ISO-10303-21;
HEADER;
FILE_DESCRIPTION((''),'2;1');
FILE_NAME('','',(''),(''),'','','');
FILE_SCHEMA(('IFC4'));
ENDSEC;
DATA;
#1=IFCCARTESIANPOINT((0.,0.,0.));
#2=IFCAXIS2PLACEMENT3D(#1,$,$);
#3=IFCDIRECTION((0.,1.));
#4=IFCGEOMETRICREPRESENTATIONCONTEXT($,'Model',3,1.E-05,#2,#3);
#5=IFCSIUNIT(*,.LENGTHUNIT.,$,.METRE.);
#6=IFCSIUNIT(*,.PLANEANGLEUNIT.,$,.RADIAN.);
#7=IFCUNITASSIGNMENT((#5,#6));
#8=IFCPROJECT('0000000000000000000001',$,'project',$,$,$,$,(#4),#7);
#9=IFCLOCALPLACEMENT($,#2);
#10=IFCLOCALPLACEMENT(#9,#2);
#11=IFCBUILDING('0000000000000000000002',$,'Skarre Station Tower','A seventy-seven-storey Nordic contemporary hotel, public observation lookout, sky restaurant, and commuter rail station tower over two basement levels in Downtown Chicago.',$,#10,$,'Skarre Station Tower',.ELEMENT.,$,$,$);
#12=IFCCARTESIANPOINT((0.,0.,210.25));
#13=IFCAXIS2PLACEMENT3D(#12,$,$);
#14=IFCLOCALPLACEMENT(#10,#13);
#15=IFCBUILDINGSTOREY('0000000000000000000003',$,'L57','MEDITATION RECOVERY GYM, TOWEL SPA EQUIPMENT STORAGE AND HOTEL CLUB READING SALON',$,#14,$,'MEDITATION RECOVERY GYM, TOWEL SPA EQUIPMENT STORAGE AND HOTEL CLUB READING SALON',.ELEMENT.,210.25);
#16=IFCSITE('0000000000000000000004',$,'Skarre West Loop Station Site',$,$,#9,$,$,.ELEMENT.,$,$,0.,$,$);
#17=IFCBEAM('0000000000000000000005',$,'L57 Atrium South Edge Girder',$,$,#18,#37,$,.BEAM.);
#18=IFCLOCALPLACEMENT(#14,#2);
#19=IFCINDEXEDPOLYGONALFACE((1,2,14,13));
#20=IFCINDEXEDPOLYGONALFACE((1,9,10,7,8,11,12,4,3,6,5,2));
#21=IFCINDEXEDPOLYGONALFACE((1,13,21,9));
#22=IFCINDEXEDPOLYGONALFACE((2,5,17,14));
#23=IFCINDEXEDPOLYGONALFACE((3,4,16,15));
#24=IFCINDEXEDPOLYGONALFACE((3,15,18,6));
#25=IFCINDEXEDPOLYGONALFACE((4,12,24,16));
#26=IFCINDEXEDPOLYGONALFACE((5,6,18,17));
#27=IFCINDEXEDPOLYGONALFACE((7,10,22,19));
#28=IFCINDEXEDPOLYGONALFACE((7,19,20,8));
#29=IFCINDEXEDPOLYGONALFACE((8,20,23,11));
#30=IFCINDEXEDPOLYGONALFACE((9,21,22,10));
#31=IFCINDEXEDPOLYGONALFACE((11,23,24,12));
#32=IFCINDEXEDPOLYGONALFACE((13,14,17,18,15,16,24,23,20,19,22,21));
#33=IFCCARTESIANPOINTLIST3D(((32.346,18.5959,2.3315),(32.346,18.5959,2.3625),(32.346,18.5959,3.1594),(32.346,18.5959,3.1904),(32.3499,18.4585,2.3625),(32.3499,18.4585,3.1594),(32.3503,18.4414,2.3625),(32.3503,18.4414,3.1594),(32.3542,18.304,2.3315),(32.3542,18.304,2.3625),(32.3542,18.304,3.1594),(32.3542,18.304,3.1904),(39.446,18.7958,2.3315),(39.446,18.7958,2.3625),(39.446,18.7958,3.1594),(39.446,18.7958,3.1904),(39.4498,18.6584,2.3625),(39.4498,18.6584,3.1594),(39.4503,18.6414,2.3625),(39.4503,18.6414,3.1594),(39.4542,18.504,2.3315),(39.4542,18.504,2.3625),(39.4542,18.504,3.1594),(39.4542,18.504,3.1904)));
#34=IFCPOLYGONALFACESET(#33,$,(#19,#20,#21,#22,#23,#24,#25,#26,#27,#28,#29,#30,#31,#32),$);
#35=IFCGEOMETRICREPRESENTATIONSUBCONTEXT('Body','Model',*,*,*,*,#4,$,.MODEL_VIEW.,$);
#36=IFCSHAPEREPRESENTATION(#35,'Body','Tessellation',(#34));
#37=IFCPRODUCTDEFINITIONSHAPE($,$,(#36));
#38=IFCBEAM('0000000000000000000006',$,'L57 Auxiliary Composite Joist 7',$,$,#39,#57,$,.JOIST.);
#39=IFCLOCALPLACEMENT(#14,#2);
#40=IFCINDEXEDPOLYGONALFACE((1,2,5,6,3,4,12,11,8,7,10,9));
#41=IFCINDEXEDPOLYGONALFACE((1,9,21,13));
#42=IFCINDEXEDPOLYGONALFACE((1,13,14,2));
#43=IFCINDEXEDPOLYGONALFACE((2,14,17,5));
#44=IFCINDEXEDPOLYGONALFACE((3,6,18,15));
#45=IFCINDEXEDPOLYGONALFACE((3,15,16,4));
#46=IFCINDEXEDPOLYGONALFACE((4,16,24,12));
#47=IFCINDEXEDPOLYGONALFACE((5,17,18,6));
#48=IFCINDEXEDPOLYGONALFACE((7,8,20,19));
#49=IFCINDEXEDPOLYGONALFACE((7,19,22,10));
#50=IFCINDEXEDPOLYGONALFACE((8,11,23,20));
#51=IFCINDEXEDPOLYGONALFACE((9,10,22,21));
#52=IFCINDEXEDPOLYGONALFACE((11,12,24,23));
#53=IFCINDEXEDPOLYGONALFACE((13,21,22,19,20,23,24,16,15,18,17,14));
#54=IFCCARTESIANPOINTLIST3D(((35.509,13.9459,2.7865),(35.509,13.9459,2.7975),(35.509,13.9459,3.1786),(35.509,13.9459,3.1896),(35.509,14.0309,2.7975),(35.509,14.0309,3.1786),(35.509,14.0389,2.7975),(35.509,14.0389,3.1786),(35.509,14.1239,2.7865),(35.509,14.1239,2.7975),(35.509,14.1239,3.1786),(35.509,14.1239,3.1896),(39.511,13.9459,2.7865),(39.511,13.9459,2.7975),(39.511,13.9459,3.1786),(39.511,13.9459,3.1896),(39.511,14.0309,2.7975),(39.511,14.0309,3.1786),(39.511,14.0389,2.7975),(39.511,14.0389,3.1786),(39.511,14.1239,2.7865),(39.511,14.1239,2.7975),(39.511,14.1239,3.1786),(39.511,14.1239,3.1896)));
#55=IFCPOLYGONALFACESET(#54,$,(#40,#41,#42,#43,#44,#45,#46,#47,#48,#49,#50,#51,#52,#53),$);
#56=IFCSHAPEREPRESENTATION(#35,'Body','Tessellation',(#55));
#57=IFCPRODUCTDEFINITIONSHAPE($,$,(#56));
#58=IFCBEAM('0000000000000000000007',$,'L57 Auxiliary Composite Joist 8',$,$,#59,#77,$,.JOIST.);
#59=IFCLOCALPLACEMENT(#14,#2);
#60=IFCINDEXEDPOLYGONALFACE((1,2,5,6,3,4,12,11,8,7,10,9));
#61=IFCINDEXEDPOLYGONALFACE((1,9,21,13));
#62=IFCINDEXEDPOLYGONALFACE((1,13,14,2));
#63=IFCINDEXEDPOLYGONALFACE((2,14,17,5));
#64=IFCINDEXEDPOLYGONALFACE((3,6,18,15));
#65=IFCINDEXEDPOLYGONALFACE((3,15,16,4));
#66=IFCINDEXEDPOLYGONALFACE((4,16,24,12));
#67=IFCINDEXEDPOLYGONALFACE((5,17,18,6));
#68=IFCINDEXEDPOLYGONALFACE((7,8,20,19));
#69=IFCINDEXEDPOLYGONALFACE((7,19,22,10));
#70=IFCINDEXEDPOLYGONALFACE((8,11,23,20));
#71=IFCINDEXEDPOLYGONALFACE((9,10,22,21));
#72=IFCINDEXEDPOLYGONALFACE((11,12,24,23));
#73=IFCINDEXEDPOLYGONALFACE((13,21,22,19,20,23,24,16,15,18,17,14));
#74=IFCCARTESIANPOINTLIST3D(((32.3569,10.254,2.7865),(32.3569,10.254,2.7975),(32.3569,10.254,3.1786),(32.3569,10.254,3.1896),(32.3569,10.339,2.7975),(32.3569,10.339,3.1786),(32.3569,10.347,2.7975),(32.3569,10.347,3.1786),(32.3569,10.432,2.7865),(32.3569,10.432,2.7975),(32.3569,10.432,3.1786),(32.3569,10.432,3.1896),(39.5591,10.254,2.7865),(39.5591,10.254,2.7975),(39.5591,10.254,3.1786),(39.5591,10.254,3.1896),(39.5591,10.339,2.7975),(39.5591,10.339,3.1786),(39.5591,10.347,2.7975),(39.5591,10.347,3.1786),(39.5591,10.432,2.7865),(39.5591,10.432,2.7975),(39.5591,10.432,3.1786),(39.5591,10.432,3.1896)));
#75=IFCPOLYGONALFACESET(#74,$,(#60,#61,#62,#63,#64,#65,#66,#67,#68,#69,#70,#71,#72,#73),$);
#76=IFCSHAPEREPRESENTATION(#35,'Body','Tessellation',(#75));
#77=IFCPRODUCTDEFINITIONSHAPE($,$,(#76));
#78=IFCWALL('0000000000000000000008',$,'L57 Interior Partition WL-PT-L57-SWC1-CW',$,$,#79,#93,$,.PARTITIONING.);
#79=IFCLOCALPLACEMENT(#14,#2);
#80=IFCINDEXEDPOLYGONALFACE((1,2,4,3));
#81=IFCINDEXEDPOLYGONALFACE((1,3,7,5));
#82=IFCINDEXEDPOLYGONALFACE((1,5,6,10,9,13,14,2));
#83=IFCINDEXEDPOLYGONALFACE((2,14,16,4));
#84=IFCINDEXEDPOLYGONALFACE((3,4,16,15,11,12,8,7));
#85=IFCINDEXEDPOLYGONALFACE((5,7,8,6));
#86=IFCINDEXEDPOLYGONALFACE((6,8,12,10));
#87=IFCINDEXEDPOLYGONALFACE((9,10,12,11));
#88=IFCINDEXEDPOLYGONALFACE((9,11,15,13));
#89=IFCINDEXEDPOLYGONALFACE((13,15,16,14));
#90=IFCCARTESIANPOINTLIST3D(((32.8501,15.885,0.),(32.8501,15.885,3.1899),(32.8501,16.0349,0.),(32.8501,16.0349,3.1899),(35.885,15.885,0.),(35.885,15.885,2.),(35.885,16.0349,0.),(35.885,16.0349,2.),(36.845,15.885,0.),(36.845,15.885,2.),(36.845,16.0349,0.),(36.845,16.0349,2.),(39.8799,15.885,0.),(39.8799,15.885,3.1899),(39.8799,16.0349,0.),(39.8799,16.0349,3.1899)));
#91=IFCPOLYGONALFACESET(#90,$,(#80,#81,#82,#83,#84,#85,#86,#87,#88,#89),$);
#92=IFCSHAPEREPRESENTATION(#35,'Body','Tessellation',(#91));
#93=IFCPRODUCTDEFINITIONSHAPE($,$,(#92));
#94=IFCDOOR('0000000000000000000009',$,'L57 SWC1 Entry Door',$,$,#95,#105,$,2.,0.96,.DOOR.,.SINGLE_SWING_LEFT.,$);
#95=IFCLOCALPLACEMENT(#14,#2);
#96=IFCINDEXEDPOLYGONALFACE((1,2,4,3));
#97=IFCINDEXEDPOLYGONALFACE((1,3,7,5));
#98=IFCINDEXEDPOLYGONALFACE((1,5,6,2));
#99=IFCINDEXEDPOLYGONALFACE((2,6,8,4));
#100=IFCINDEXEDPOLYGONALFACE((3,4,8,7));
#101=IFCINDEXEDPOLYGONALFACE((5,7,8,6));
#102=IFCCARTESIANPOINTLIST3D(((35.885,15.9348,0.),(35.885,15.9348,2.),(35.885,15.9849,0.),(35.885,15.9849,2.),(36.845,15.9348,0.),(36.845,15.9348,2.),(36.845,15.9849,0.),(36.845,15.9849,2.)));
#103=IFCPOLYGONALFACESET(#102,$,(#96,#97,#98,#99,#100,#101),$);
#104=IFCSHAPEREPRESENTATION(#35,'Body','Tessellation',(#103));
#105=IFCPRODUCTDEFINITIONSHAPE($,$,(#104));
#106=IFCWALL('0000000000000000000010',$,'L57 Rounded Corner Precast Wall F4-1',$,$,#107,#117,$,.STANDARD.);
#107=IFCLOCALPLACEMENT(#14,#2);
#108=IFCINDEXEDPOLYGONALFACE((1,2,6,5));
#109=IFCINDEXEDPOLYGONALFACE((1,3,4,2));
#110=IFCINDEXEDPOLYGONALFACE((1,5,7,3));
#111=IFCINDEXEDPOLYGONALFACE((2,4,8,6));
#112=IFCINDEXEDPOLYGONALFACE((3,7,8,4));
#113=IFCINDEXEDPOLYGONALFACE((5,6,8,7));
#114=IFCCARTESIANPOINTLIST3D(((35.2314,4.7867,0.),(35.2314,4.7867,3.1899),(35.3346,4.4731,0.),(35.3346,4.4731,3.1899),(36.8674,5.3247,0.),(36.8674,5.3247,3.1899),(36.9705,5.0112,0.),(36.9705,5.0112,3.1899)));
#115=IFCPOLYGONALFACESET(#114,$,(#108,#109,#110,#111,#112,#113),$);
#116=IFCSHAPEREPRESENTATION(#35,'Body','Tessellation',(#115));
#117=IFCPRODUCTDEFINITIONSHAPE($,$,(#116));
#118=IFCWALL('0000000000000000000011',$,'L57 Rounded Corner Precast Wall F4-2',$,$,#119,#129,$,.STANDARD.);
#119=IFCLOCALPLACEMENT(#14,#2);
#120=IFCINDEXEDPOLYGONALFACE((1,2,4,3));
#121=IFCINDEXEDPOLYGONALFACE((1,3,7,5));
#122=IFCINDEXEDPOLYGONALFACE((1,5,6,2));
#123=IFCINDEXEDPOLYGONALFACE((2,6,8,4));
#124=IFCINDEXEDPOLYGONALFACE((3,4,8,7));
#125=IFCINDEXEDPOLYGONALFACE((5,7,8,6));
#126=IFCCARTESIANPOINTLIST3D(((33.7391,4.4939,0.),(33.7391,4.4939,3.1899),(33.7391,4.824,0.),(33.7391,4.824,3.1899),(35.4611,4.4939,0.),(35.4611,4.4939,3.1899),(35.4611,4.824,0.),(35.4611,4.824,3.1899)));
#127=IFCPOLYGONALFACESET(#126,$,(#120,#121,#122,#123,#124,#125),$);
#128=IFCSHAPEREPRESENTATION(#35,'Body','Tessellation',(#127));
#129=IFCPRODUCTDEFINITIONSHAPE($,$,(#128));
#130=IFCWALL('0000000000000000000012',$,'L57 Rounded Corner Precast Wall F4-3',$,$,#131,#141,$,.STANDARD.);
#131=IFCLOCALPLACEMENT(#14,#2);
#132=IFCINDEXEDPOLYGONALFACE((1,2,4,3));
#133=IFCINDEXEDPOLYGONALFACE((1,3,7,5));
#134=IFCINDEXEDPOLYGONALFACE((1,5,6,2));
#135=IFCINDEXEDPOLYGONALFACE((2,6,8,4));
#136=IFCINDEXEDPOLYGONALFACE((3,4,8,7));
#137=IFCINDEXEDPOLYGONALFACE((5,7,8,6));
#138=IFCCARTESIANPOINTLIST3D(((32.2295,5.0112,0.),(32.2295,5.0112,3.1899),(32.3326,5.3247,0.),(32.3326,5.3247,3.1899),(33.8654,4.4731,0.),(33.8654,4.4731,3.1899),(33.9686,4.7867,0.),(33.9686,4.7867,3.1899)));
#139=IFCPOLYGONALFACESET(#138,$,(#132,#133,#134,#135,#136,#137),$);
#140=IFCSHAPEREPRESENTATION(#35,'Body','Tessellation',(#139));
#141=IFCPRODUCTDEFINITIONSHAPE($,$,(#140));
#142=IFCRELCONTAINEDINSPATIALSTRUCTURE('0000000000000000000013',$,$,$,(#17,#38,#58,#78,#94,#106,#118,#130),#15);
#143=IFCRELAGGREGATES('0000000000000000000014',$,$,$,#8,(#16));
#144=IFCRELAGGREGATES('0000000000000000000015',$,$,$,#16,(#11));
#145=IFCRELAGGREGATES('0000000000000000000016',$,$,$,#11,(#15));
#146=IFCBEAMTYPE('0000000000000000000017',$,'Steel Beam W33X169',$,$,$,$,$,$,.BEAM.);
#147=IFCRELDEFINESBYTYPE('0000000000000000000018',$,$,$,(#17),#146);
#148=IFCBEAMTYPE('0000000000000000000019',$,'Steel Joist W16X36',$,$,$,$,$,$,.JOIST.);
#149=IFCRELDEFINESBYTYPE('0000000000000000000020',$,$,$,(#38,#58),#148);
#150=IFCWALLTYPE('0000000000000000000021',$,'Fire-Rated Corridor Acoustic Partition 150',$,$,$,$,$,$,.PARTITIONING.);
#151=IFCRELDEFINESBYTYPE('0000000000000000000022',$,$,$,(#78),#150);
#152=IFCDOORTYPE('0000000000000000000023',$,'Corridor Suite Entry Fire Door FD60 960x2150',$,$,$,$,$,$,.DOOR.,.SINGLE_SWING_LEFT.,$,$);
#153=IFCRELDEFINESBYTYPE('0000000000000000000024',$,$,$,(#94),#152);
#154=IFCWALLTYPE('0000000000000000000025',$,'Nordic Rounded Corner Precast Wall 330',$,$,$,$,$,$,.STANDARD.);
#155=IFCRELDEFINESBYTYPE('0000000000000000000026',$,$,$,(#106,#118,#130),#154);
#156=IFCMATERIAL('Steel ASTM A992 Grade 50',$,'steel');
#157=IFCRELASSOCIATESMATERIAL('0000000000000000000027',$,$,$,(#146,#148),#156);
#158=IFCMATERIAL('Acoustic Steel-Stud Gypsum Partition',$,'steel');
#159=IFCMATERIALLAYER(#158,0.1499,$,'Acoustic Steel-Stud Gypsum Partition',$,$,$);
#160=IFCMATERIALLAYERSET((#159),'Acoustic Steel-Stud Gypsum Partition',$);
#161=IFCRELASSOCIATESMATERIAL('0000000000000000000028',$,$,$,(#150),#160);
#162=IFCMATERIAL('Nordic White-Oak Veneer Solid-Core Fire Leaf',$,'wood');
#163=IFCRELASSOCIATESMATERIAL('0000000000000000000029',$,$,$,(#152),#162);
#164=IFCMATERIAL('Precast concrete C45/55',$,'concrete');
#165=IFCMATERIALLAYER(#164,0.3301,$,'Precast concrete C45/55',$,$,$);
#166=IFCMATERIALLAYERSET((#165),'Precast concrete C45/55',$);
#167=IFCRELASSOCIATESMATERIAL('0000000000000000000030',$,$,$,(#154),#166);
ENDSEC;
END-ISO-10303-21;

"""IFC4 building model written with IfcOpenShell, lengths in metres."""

from ifc_helpers import new_model, si_unit, direction, frame, frame_2d, origin, origin_2d, place, context, subcontext, project, spatial, rectangle, i_section, extrude, material, layer, layer_set, material_profile, profile_set, type_object, element, fill, save


model = new_model("IFC4")

# Units and contexts
model_context = context("Model", 3, precision=1e-05, world=origin(), true_north=direction((0.0, 1.0)))
body_context = subcontext(model_context, "Body", "Model", "MODEL_VIEW")
ifc_project = project(units=[si_unit("LENGTHUNIT", "METRE"), si_unit("PLANEANGLEUNIT", "RADIAN")], contexts=[model_context])

# Site, building, storey
site_placement = place(None, origin())
site = spatial("IfcSite", under=ifc_project, at=site_placement, Name="Skarre West Loop Station Site", CompositionType="ELEMENT", RefElevation=0.0)
building_placement = place(site_placement, origin())
building = spatial("IfcBuilding", under=site, at=building_placement, Name="Skarre Station Tower", Description="A seventy-seven-storey Nordic contemporary hotel, public observation lookout, sky restaurant, and commuter rail station tower over two basement levels in Downtown Chicago.", LongName="Skarre Station Tower", CompositionType="ELEMENT")
storey_placement = place(building_placement, frame((0.0, 0.0, 210.25)))
storey = spatial("IfcBuildingStorey", under=building, at=storey_placement, Name="L57", Description="MEDITATION RECOVERY GYM, TOWEL SPA EQUIPMENT STORAGE AND HOTEL CLUB READING SALON", LongName="MEDITATION RECOVERY GYM, TOWEL SPA EQUIPMENT STORAGE AND HOTEL CLUB READING SALON", CompositionType="ELEMENT", Elevation=210.25)

# Beams
ifc_material_1 = material(Name="Steel ASTM A992 Grade 50", Category="steel")
ifc_material_profile_1 = material_profile(ifc_material_1, i_section(OverallWidth=0.292, OverallDepth=0.8589, WebThickness=0.0171, FlangeThickness=0.031, at=origin_2d()), Name="Steel ASTM A992 Grade 50")
ifc_profile_set_1 = profile_set([ifc_material_profile_1], Name="Steel ASTM A992 Grade 50")
beam_type_1 = type_object("IfcBeamType", Name="Steel Beam W33X169", PredefinedType="BEAM", material=ifc_profile_set_1)
beam_1_placement = place(storey_placement, frame((32.3501, 18.45, 2.761), z_axis=(0.999604, 0.028152, 0.0), x_axis=(-0.028152, 0.999604, 0.0)))
element("IfcBeam", 1, at=beam_1_placement, inside=storey, type_object=beam_type_1, Name="L57 Atrium South Edge Girder", PredefinedType="BEAM", context=body_context, shape_type="SweptSolid", body=[
    extrude(i_section(OverallWidth=0.292, OverallDepth=0.8589, WebThickness=0.0171, FlangeThickness=0.031, at=origin_2d()), origin(), (0.0, 0.0, 1.0), 7.1028),
])
ifc_material_profile_2 = material_profile(ifc_material_1, i_section(OverallWidth=0.178, OverallDepth=0.4031, WebThickness=0.0081, FlangeThickness=0.011, at=origin_2d()), Name="Steel ASTM A992 Grade 50")
ifc_profile_set_2 = profile_set([ifc_material_profile_2], Name="Steel ASTM A992 Grade 50")
beam_type_2 = type_object("IfcBeamType", Name="Steel Joist W16X36", PredefinedType="JOIST", material=ifc_profile_set_2)
beam_2_placement = place(storey_placement, frame((35.509, 14.0349, 2.988), z_axis=(1.0, 0.0, 0.0), x_axis=(0.0, 1.0, 0.0)))
element("IfcBeam", 2, at=beam_2_placement, inside=storey, type_object=beam_type_2, Name="L57 Auxiliary Composite Joist 7", PredefinedType="JOIST", context=body_context, shape_type="SweptSolid", body=[
    extrude(i_section(OverallWidth=0.178, OverallDepth=0.4031, WebThickness=0.0081, FlangeThickness=0.011, at=origin_2d()), origin(), (0.0, 0.0, 1.0), 4.002),
])
beam_3_placement = place(storey_placement, frame((32.3569, 10.343, 2.988), z_axis=(1.0, 0.0, 0.0), x_axis=(0.0, 1.0, 0.0)))
element("IfcBeam", 3, at=beam_3_placement, inside=storey, type_object=beam_type_2, Name="L57 Auxiliary Composite Joist 8", PredefinedType="JOIST", context=body_context, shape_type="SweptSolid", body=[
    extrude(i_section(OverallWidth=0.178, OverallDepth=0.4031, WebThickness=0.0081, FlangeThickness=0.011, at=origin_2d()), origin(), (0.0, 0.0, 1.0), 7.2021),
])

# Wall, opening, door
ifc_material_2 = material(Name="Acoustic Steel-Stud Gypsum Partition", Category="steel")
ifc_layer_1 = layer(ifc_material_2, 0.1499, Name="Acoustic Steel-Stud Gypsum Partition")
ifc_layer_set_1 = layer_set([ifc_layer_1], Name="Acoustic Steel-Stud Gypsum Partition")
wall_type_1 = type_object("IfcWallType", Name="Fire-Rated Corridor Acoustic Partition 150", PredefinedType="PARTITIONING", material=ifc_layer_set_1)
wall_1_placement = place(storey_placement, frame((32.8501, 15.96, 0.0), z_axis=(0.0, 0.0, 1.0), x_axis=(1.0, 0.0, 0.0)))
wall_1 = element("IfcWall", 4, at=wall_1_placement, inside=storey, type_object=wall_type_1, Name="L57 Interior Partition WL-PT-L57-SWC1-CW", PredefinedType="PARTITIONING", context=body_context, shape_type="SweptSolid", body=[
    extrude(rectangle(XDim=7.0298, YDim=0.1499, at=frame_2d((3.5149, 0.0))), origin(), (0.0, 0.0, 1.0), 3.1899),
])
opening_1_placement = place(wall_1_placement, frame((3.0349, 0.0, 0.0)))
opening_1 = element("IfcOpeningElement", 5, at=opening_1_placement, cuts=wall_1, PredefinedType="OPENING", context=body_context, shape_type="SweptSolid", body=[
    extrude(rectangle(XDim=0.96, YDim=2.0, at=frame_2d((0.48, 1.0))), frame((0.0, 0.085, 0.0), z_axis=(0.0, -1.0, 0.0), x_axis=(1.0, 0.0, 0.0)), (0.0, 0.0, 1.0), 0.1699),
])
ifc_material_3 = material(Name="Nordic White-Oak Veneer Solid-Core Fire Leaf", Category="wood")
door_type_1 = type_object("IfcDoorType", Name="Corridor Suite Entry Fire Door FD60 960x2150", OperationType="SINGLE_SWING_LEFT", PredefinedType="DOOR", material=ifc_material_3)
door_1_placement = place(opening_1_placement, origin())
door_1 = element("IfcDoor", 6, at=door_1_placement, inside=storey, type_object=door_type_1, Name="L57 SWC1 Entry Door", OperationType="SINGLE_SWING_LEFT", OverallHeight=2.0, OverallWidth=0.96, PredefinedType="DOOR", context=body_context, shape_type="SweptSolid", body=[
    extrude(rectangle(XDim=0.96, YDim=2.0, at=frame_2d((0.48, 1.0))), frame((0.0, 0.0249, 0.0), z_axis=(0.0, -1.0, 0.0), x_axis=(1.0, 0.0, 0.0)), (0.0, 0.0, 1.0), 0.05),
])
fill(opening_1, door_1)

# Walls
ifc_material_4 = material(Name="Precast concrete C45/55", Category="concrete")
ifc_layer_2 = layer(ifc_material_4, 0.3301, Name="Precast concrete C45/55")
ifc_layer_set_2 = layer_set([ifc_layer_2], Name="Precast concrete C45/55")
wall_type_2 = type_object("IfcWallType", Name="Nordic Rounded Corner Precast Wall 330", PredefinedType="STANDARD", material=ifc_layer_set_2)
wall_2_placement = place(storey_placement, frame((36.9189, 5.168, 0.0), z_axis=(0.0, 0.0, 1.0), x_axis=(-0.949937, -0.31244, 0.0)))
element("IfcWall", 7, at=wall_2_placement, inside=storey, type_object=wall_type_2, Name="L57 Rounded Corner Precast Wall F4-1", PredefinedType="STANDARD", context=body_context, shape_type="SweptSolid", body=[
    extrude(rectangle(XDim=1.7222, YDim=0.3301, at=frame_2d((0.8611, 0.0))), origin(), (0.0, 0.0, 1.0), 3.1899),
])
wall_3_placement = place(storey_placement, frame((35.4609, 4.6589, 0.0), z_axis=(0.0, 0.0, 1.0), x_axis=(-1.0, 0.0, 0.0)))
element("IfcWall", 8, at=wall_3_placement, inside=storey, type_object=wall_type_2, Name="L57 Rounded Corner Precast Wall F4-2", PredefinedType="STANDARD", context=body_context, shape_type="SweptSolid", body=[
    extrude(rectangle(XDim=1.7219, YDim=0.3301, at=frame_2d((0.8608, 0.0))), origin(), (0.0, 0.0, 1.0), 3.1899),
])
wall_4_placement = place(storey_placement, frame((33.917, 4.6299, 0.0), z_axis=(0.0, 0.0, 1.0), x_axis=(-0.949937, 0.31244, 0.0)))
element("IfcWall", 9, at=wall_4_placement, inside=storey, type_object=wall_type_2, Name="L57 Rounded Corner Precast Wall F4-3", PredefinedType="STANDARD", context=body_context, shape_type="SweptSolid", body=[
    extrude(rectangle(XDim=1.7222, YDim=0.3301, at=frame_2d((0.8611, 0.0))), origin(), (0.0, 0.0, 1.0), 3.1899),
])

save(model, "model.ifc")
